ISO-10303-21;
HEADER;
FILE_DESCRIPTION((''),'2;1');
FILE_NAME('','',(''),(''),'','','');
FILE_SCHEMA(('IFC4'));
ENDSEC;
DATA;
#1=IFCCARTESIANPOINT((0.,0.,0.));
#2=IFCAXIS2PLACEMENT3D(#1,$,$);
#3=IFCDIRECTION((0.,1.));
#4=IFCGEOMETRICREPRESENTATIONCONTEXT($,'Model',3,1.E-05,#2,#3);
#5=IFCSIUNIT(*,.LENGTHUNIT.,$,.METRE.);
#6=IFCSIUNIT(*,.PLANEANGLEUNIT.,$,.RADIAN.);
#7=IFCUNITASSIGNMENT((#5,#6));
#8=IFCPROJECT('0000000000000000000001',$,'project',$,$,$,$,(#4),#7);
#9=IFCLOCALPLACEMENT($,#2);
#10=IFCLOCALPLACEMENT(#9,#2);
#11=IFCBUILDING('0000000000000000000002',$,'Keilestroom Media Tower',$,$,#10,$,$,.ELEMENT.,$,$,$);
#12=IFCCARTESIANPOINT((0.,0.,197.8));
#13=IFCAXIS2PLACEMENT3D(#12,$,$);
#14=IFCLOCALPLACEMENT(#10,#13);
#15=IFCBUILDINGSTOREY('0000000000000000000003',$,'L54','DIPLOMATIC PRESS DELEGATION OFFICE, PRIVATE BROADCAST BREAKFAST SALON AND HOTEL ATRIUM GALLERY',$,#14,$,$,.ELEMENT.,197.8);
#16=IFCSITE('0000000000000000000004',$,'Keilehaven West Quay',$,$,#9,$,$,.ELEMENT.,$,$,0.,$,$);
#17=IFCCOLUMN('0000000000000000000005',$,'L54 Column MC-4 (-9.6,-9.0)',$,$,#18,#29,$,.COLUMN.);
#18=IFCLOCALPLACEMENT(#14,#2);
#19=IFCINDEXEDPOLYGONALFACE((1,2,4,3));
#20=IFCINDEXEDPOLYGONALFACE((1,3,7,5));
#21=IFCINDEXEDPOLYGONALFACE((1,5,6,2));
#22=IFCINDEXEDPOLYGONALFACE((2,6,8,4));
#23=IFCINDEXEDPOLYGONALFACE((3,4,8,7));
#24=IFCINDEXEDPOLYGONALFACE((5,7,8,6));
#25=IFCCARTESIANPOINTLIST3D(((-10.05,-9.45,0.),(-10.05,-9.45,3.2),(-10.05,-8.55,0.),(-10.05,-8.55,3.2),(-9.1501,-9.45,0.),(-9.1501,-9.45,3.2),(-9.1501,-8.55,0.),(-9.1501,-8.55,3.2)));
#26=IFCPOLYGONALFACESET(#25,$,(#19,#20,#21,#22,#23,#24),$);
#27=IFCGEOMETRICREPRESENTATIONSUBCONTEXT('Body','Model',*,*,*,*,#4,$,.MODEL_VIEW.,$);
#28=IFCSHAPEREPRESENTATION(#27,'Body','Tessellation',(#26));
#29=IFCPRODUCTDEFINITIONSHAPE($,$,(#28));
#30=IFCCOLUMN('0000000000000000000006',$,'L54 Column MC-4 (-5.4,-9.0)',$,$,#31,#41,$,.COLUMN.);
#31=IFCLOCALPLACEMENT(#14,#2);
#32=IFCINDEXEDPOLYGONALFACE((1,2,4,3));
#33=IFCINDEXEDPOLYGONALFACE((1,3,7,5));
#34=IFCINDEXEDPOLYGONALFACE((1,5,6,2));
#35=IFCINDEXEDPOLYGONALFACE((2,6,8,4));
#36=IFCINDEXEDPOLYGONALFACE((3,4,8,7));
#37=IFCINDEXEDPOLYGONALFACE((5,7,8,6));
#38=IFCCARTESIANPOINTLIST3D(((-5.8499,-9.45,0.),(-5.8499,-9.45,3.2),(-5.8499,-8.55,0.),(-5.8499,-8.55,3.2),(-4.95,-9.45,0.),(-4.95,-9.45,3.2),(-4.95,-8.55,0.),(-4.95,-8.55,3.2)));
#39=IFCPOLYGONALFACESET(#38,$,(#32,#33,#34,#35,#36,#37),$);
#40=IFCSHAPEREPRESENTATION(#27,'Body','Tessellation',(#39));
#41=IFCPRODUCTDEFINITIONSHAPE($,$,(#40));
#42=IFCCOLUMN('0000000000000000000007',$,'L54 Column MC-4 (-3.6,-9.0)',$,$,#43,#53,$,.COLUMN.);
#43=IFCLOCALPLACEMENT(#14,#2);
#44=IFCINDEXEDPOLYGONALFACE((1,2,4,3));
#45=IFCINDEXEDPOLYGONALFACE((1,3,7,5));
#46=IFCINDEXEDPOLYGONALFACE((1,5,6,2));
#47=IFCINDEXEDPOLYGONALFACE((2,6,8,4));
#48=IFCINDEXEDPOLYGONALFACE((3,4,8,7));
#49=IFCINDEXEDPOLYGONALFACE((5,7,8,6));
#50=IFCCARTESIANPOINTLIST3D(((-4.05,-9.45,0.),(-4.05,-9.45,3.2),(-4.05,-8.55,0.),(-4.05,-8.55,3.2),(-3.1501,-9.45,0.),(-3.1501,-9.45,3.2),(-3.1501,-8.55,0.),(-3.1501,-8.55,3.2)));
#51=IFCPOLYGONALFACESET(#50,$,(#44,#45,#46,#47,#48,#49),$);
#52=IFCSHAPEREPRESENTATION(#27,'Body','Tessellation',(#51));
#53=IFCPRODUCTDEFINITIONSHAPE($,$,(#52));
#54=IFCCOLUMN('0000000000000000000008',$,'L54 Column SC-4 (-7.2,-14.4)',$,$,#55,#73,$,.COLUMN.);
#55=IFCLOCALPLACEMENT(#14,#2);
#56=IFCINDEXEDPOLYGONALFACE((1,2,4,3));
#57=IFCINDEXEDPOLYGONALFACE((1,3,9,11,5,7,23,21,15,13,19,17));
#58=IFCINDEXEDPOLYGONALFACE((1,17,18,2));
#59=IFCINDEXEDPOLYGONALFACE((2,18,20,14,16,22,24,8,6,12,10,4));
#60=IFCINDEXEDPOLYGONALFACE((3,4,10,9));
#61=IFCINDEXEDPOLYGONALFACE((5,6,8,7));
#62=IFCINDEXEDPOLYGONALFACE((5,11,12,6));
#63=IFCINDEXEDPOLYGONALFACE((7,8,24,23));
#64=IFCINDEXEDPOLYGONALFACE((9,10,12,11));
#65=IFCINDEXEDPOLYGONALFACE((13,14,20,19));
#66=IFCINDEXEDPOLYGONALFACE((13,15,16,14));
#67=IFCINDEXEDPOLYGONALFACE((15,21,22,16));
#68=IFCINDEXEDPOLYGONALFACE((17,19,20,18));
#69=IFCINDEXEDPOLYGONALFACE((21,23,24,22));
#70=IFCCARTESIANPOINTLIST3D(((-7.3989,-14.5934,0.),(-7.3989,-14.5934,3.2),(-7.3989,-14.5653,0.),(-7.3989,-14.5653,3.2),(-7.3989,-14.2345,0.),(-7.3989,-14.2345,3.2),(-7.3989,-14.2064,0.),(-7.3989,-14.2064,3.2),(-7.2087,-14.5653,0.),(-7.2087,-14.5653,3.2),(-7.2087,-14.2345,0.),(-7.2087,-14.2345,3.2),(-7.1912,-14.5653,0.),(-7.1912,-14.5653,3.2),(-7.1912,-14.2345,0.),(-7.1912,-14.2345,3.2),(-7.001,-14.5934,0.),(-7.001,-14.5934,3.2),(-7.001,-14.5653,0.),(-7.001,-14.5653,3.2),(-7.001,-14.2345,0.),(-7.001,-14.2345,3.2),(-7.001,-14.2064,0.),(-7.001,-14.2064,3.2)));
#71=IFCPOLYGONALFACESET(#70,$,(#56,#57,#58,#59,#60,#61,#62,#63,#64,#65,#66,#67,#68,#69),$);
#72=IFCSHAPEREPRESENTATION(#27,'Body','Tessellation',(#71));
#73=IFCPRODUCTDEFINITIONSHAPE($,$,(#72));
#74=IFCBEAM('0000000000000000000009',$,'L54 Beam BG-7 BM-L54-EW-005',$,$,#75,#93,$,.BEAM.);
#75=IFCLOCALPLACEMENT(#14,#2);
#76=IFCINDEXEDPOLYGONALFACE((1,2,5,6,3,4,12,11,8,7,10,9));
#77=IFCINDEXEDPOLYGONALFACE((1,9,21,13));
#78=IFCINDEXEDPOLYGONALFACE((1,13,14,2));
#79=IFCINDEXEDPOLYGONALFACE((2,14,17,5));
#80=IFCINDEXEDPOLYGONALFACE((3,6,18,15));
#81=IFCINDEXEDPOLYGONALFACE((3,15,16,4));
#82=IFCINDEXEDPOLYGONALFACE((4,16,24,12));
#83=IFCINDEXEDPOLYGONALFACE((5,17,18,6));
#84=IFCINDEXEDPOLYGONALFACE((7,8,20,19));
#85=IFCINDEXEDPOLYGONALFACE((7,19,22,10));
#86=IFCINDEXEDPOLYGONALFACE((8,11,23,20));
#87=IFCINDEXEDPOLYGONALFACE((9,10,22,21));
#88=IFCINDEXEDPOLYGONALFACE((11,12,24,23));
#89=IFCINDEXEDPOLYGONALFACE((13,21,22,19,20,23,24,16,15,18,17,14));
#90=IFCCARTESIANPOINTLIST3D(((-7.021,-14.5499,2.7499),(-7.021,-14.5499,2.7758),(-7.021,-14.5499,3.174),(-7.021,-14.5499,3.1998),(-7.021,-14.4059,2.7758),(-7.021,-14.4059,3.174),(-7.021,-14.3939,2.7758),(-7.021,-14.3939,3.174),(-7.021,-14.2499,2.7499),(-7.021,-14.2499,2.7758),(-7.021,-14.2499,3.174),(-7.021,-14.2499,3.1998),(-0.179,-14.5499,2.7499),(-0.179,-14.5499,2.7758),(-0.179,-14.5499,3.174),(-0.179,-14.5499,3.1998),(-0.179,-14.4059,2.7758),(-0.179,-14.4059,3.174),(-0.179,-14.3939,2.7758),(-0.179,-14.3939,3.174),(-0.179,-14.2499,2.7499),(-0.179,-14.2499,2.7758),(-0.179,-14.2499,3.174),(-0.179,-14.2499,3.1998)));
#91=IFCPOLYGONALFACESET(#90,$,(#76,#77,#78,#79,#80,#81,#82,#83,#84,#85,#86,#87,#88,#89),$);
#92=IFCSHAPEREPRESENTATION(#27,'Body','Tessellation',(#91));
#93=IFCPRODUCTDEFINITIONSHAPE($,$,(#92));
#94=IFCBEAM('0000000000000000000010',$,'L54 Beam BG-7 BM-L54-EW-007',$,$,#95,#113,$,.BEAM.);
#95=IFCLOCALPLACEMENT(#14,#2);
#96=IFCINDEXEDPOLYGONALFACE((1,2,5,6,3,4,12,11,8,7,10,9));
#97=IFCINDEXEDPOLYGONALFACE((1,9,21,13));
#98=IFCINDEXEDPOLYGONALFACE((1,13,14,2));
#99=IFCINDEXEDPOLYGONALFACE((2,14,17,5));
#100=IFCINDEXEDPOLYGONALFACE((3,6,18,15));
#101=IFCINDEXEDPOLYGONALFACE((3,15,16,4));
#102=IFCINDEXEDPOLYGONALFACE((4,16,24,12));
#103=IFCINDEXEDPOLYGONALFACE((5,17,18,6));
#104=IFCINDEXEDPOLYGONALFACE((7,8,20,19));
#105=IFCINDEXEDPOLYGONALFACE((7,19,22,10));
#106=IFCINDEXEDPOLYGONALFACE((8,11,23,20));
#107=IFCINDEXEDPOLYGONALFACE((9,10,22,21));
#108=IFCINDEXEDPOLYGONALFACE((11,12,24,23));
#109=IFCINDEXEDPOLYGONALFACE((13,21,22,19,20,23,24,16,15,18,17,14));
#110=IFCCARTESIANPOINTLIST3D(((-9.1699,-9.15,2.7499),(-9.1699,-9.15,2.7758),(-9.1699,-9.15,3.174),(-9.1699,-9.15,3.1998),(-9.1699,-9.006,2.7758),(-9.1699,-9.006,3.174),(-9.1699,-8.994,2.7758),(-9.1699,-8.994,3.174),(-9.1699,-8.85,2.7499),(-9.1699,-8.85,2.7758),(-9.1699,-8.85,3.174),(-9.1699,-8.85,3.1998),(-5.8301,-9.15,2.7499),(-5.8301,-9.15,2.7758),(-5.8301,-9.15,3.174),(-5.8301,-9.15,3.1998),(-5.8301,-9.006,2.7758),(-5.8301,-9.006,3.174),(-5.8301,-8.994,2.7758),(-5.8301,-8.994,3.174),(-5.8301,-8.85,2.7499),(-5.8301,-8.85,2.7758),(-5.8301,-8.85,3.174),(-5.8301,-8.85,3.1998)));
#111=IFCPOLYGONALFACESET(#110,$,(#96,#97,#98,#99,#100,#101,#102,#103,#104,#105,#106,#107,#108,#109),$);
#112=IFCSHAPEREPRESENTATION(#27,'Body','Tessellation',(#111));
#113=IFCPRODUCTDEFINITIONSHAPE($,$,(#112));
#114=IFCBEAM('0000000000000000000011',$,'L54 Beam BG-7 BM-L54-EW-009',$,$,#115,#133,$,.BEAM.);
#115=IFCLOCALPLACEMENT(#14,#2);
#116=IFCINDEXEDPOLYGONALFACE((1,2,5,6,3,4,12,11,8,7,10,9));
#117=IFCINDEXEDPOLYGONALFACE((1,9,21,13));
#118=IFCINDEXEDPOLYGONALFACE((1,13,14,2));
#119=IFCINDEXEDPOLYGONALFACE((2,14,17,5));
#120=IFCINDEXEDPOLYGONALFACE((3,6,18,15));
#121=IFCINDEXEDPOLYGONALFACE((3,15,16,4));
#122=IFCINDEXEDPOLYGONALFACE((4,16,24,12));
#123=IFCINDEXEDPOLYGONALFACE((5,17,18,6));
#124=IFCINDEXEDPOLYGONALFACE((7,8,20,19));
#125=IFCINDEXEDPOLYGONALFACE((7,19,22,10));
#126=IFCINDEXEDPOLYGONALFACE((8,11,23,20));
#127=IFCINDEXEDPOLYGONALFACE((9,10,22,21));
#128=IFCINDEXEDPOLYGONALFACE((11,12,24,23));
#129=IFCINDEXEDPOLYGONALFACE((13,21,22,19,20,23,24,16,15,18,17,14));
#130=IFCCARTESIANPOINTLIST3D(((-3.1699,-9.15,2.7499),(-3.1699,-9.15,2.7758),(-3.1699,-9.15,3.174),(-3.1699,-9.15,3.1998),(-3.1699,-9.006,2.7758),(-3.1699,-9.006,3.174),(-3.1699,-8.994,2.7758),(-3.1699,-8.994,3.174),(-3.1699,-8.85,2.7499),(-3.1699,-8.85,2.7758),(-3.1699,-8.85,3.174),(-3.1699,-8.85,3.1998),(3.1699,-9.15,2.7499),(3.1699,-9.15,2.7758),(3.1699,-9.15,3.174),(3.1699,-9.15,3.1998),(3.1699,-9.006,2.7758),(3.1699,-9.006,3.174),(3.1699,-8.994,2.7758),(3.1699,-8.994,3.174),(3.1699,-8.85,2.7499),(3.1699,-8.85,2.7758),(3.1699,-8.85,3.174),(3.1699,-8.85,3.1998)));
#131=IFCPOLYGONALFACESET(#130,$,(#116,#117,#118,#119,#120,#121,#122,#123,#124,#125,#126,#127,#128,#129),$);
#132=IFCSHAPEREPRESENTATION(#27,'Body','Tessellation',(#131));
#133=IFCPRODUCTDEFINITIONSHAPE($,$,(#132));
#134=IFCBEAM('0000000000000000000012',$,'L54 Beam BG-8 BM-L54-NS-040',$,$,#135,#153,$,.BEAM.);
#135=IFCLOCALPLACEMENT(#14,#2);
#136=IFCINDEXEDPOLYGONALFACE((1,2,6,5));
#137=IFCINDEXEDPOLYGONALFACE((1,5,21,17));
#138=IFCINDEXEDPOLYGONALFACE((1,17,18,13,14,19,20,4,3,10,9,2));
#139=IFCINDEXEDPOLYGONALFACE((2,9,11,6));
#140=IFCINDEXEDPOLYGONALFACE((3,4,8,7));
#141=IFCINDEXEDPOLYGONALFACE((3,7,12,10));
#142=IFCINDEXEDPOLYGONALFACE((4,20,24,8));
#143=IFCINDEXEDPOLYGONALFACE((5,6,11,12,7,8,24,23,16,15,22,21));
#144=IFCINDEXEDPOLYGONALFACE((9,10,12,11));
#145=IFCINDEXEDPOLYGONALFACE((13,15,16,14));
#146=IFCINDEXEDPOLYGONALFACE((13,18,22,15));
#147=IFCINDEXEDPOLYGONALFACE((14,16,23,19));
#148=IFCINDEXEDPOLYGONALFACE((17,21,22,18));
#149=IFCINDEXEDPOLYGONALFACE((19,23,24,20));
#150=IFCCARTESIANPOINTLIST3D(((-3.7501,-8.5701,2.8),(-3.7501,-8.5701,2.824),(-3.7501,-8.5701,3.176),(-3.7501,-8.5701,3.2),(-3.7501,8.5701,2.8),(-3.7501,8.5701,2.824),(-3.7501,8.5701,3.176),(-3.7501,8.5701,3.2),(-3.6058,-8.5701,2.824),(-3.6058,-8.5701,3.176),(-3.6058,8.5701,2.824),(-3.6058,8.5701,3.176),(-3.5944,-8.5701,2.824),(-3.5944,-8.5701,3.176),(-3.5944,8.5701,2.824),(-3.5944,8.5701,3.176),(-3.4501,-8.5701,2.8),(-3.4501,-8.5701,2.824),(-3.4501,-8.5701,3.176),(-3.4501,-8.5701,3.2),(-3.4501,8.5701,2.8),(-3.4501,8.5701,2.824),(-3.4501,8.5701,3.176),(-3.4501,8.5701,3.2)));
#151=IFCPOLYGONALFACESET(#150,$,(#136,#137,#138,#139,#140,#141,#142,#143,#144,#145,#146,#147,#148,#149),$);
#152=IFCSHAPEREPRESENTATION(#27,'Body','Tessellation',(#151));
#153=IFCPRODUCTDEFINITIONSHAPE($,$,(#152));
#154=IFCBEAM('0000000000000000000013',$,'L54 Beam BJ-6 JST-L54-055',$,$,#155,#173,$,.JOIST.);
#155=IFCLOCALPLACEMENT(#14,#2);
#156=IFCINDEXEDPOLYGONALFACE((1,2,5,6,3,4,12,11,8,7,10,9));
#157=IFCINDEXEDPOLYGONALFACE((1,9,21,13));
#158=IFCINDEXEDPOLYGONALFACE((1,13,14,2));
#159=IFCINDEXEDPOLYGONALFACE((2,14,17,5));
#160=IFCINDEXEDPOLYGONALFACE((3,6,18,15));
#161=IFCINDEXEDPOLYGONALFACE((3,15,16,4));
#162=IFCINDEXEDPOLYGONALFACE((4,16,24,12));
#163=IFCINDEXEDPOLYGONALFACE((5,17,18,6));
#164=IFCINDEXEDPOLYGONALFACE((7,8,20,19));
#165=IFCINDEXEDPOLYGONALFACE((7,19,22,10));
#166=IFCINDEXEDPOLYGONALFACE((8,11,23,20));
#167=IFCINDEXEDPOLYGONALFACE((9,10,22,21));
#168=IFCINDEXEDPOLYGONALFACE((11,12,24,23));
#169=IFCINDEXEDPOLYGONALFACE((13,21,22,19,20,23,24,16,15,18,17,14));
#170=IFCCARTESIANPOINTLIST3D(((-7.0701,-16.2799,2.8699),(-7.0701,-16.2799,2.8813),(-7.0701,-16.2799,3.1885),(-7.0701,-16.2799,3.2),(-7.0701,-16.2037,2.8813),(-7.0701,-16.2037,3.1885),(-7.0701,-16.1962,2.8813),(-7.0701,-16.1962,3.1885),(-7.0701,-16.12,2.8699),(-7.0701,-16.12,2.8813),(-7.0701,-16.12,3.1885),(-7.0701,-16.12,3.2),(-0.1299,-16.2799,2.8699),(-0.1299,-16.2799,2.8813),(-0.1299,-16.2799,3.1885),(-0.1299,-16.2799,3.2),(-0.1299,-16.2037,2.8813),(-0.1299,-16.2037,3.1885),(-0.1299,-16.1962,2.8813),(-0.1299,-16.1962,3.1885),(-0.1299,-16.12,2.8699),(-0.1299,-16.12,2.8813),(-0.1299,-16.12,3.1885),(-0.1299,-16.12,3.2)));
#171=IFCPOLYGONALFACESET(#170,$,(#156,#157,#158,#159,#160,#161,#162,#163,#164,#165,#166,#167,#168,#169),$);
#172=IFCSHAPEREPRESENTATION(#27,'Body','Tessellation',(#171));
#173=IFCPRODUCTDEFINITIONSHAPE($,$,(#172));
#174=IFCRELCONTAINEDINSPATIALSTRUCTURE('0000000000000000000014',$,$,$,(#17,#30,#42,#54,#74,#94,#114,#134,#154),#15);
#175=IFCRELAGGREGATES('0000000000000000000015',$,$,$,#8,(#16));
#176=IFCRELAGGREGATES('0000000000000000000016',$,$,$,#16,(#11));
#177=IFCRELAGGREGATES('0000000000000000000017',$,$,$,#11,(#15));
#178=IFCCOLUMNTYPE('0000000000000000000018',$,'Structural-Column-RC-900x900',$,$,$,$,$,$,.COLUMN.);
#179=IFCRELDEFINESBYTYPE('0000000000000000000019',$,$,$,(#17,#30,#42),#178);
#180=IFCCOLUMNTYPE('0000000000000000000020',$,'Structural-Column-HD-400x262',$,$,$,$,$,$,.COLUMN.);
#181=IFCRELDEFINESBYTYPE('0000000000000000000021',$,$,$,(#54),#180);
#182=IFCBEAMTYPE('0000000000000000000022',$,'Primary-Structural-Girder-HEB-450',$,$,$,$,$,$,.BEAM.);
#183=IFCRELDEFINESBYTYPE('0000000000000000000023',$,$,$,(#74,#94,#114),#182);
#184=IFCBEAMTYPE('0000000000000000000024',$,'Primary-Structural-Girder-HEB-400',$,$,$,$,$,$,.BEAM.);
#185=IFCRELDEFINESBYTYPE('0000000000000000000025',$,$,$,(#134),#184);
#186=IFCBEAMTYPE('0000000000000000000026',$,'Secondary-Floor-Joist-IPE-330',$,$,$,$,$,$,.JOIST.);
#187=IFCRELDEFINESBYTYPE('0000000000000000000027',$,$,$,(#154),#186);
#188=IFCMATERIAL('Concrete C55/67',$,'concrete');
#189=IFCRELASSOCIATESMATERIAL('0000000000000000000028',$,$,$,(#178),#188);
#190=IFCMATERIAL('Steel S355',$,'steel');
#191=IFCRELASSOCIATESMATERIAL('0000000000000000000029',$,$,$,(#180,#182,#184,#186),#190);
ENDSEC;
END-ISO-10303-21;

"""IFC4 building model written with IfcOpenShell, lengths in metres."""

from ifc_helpers import new_model, si_unit, direction, frame, origin, origin_2d, place, context, subcontext, project, spatial, rectangle, i_section, extrude, source, transform, mapped, material, material_profile, profile_set, type_object, element, save


model = new_model("IFC4")

# Units and contexts
model_context = context("Model", 3, precision=1e-05, world=origin(), true_north=direction((0.0, 1.0)))
body_context = subcontext(model_context, "Body", "Model", "MODEL_VIEW")
ifc_project = project(units=[si_unit("LENGTHUNIT", "METRE"), si_unit("PLANEANGLEUNIT", "RADIAN")], contexts=[model_context])

# Site, building, storey
site_placement = place(None, origin())
site = spatial("IfcSite", under=ifc_project, at=site_placement, Name="Keilehaven West Quay", CompositionType="ELEMENT", RefElevation=0.0)
building_placement = place(site_placement, origin())
building = spatial("IfcBuilding", under=site, at=building_placement, Name="Keilestroom Media Tower", CompositionType="ELEMENT")
storey_placement = place(building_placement, frame((0.0, 0.0, 197.8)))
storey = spatial("IfcBuildingStorey", under=building, at=storey_placement, Name="L54", Description="DIPLOMATIC PRESS DELEGATION OFFICE, PRIVATE BROADCAST BREAKFAST SALON AND HOTEL ATRIUM GALLERY", CompositionType="ELEMENT", Elevation=197.8)

# Columns
ifc_material_1 = material(Name="Concrete C55/67", Category="concrete")
ifc_material_profile_1 = material_profile(ifc_material_1, rectangle(XDim=0.8999, YDim=0.8999, at=origin_2d()), Name="RC 900x900")
ifc_profile_set_1 = profile_set([ifc_material_profile_1], Name="Concrete C55/67")
column_type_1 = type_object("IfcColumnType", Name="Structural-Column-RC-900x900", PredefinedType="COLUMN", material=ifc_profile_set_1)
shared_shape_1 = source(origin(), body_context, "Body", "SweptSolid", [
    extrude(rectangle(XDim=0.8999, YDim=0.8999, at=origin_2d()), origin(), (0.0, 0.0, 1.0), 3.2),
])
for number, where, z_axis, x_axis, name in (
    (1, (-9.6001, -9.0, 0.0), (0.0, 0.0, 1.0), (1.0, 0.0, 0.0), "L54 Column MC-4 (-9.6,-9.0)"),
    (2, (-5.3999, -9.0, 0.0), (0.0, 0.0, 1.0), (1.0, 0.0, 0.0), "L54 Column MC-4 (-5.4,-9.0)"),
    (3, (-3.6001, -9.0, 0.0), (0.0, 0.0, 1.0), (1.0, 0.0, 0.0), "L54 Column MC-4 (-3.6,-9.0)"),
):
    element("IfcColumn", number, at=place(storey_placement, frame(where, z_axis=z_axis, x_axis=x_axis)), inside=storey, type_object=column_type_1, Name=name, PredefinedType="COLUMN", context=body_context, shape_type="MappedRepresentation", body=[
        mapped(shared_shape_1, transform((0.0, 0.0, 0.0), x_axis=(1.0, 0.0, 0.0), y_axis=(0.0, 1.0, 0.0), z_axis=(0.0, 0.0, 1.0), scale=1.0)),
    ])
ifc_material_2 = material(Name="Steel S355", Category="steel")
ifc_material_profile_2 = material_profile(ifc_material_2, i_section(OverallWidth=0.3979, OverallDepth=0.387, WebThickness=0.0176, FlangeThickness=0.0281, at=origin_2d()), Name="HD 400x262")
ifc_profile_set_2 = profile_set([ifc_material_profile_2], Name="Steel S355")
column_type_2 = type_object("IfcColumnType", Name="Structural-Column-HD-400x262", PredefinedType="COLUMN", material=ifc_profile_set_2)
shared_shape_2 = source(origin(), body_context, "Body", "SweptSolid", [
    extrude(i_section(OverallWidth=0.3979, OverallDepth=0.387, WebThickness=0.0176, FlangeThickness=0.0281, at=origin_2d()), origin(), (0.0, 0.0, 1.0), 3.2),
])
column_placement = place(storey_placement, frame((-7.2, -14.3999, 0.0), z_axis=(0.0, 0.0, 1.0), x_axis=(1.0, 0.0, 0.0)))
element("IfcColumn", 4, at=column_placement, inside=storey, type_object=column_type_2, Name="L54 Column SC-4 (-7.2,-14.4)", PredefinedType="COLUMN", context=body_context, shape_type="MappedRepresentation", body=[
    mapped(shared_shape_2, transform((0.0, 0.0, 0.0), x_axis=(1.0, 0.0, 0.0), y_axis=(0.0, 1.0, 0.0), z_axis=(0.0, 0.0, 1.0), scale=1.0)),
])

# Beams
ifc_material_profile_3 = material_profile(ifc_material_2, i_section(OverallWidth=0.3, OverallDepth=0.45, WebThickness=0.012, FlangeThickness=0.0259, at=origin_2d()), Name="HEB 450")
ifc_profile_set_3 = profile_set([ifc_material_profile_3], Name="Steel S355")
beam_type_1 = type_object("IfcBeamType", Name="Primary-Structural-Girder-HEB-450", PredefinedType="BEAM", material=ifc_profile_set_3)
shared_shape_3 = source(origin(), body_context, "Body", "SweptSolid", [
    extrude(i_section(OverallWidth=0.3, OverallDepth=0.45, WebThickness=0.012, FlangeThickness=0.0259, at=origin_2d()), origin(), (0.0, 0.0, 1.0), 6.842),
])
beam_1_placement = place(storey_placement, frame((-7.021, -14.3999, 2.9749), z_axis=(1.0, 0.0, 0.0), x_axis=(0.0, 1.0, 0.0)))
element("IfcBeam", 5, at=beam_1_placement, inside=storey, type_object=beam_type_1, Name="L54 Beam BG-7 BM-L54-EW-005", PredefinedType="BEAM", context=body_context, shape_type="MappedRepresentation", body=[
    mapped(shared_shape_3, transform((0.0, 0.0, 0.0), x_axis=(1.0, 0.0, 0.0), y_axis=(0.0, 1.0, 0.0), z_axis=(0.0, 0.0, 1.0), scale=1.0)),
])
shared_shape_4 = source(origin(), body_context, "Body", "SweptSolid", [
    extrude(i_section(OverallWidth=0.3, OverallDepth=0.45, WebThickness=0.012, FlangeThickness=0.0259, at=origin_2d()), origin(), (0.0, 0.0, 1.0), 3.3398),
])
beam_2_placement = place(storey_placement, frame((-9.1699, -9.0, 2.9749), z_axis=(1.0, 0.0, 0.0), x_axis=(0.0, 1.0, 0.0)))
element("IfcBeam", 6, at=beam_2_placement, inside=storey, type_object=beam_type_1, Name="L54 Beam BG-7 BM-L54-EW-007", PredefinedType="BEAM", context=body_context, shape_type="MappedRepresentation", body=[
    mapped(shared_shape_4, transform((0.0, 0.0, 0.0), x_axis=(1.0, 0.0, 0.0), y_axis=(0.0, 1.0, 0.0), z_axis=(0.0, 0.0, 1.0), scale=1.0)),
])
shared_shape_5 = source(origin(), body_context, "Body", "SweptSolid", [
    extrude(i_section(OverallWidth=0.3, OverallDepth=0.45, WebThickness=0.012, FlangeThickness=0.0259, at=origin_2d()), origin(), (0.0, 0.0, 1.0), 6.3398),
])
beam_3_placement = place(storey_placement, frame((-3.1699, -9.0, 2.9749), z_axis=(1.0, 0.0, 0.0), x_axis=(0.0, 1.0, 0.0)))
element("IfcBeam", 7, at=beam_3_placement, inside=storey, type_object=beam_type_1, Name="L54 Beam BG-7 BM-L54-EW-009", PredefinedType="BEAM", context=body_context, shape_type="MappedRepresentation", body=[
    mapped(shared_shape_5, transform((0.0, 0.0, 0.0), x_axis=(1.0, 0.0, 0.0), y_axis=(0.0, 1.0, 0.0), z_axis=(0.0, 0.0, 1.0), scale=1.0)),
])
ifc_material_profile_4 = material_profile(ifc_material_2, i_section(OverallWidth=0.3, OverallDepth=0.3999, WebThickness=0.0115, FlangeThickness=0.0239, at=origin_2d()), Name="HEB 400")
ifc_profile_set_4 = profile_set([ifc_material_profile_4], Name="Steel S355")
beam_type_2 = type_object("IfcBeamType", Name="Primary-Structural-Girder-HEB-400", PredefinedType="BEAM", material=ifc_profile_set_4)
shared_shape_6 = source(origin(), body_context, "Body", "SweptSolid", [
    extrude(i_section(OverallWidth=0.3, OverallDepth=0.3999, WebThickness=0.0115, FlangeThickness=0.0239, at=origin_2d()), origin(), (0.0, 0.0, 1.0), 17.1401),
])
beam_4_placement = place(storey_placement, frame((-3.6001, -8.5701, 3.0), z_axis=(0.0, 1.0, 0.0), x_axis=(-1.0, 0.0, 0.0)))
element("IfcBeam", 8, at=beam_4_placement, inside=storey, type_object=beam_type_2, Name="L54 Beam BG-8 BM-L54-NS-040", PredefinedType="BEAM", context=body_context, shape_type="MappedRepresentation", body=[
    mapped(shared_shape_6, transform((0.0, 0.0, 0.0), x_axis=(1.0, 0.0, 0.0), y_axis=(0.0, 1.0, 0.0), z_axis=(0.0, 0.0, 1.0), scale=1.0)),
])
ifc_material_profile_5 = material_profile(ifc_material_2, i_section(OverallWidth=0.1599, OverallDepth=0.3301, WebThickness=0.0076, FlangeThickness=0.0115, at=origin_2d()), Name="IPE 330")
ifc_profile_set_5 = profile_set([ifc_material_profile_5], Name="Steel S355")
beam_type_3 = type_object("IfcBeamType", Name="Secondary-Floor-Joist-IPE-330", PredefinedType="JOIST", material=ifc_profile_set_5)
shared_shape_7 = source(origin(), body_context, "Body", "SweptSolid", [
    extrude(i_section(OverallWidth=0.1599, OverallDepth=0.3301, WebThickness=0.0076, FlangeThickness=0.0115, at=origin_2d()), origin(), (0.0, 0.0, 1.0), 6.9402),
])
beam_5_placement = place(storey_placement, frame((-7.0701, -16.2, 3.0349), z_axis=(1.0, 0.0, 0.0), x_axis=(0.0, 1.0, 0.0)))
element("IfcBeam", 9, at=beam_5_placement, inside=storey, type_object=beam_type_3, Name="L54 Beam BJ-6 JST-L54-055", PredefinedType="JOIST", context=body_context, shape_type="MappedRepresentation", body=[
    mapped(shared_shape_7, transform((0.0, 0.0, 0.0), x_axis=(1.0, 0.0, 0.0), y_axis=(0.0, 1.0, 0.0), z_axis=(0.0, 0.0, 1.0), scale=1.0)),
])

save(model, "model.ifc")
